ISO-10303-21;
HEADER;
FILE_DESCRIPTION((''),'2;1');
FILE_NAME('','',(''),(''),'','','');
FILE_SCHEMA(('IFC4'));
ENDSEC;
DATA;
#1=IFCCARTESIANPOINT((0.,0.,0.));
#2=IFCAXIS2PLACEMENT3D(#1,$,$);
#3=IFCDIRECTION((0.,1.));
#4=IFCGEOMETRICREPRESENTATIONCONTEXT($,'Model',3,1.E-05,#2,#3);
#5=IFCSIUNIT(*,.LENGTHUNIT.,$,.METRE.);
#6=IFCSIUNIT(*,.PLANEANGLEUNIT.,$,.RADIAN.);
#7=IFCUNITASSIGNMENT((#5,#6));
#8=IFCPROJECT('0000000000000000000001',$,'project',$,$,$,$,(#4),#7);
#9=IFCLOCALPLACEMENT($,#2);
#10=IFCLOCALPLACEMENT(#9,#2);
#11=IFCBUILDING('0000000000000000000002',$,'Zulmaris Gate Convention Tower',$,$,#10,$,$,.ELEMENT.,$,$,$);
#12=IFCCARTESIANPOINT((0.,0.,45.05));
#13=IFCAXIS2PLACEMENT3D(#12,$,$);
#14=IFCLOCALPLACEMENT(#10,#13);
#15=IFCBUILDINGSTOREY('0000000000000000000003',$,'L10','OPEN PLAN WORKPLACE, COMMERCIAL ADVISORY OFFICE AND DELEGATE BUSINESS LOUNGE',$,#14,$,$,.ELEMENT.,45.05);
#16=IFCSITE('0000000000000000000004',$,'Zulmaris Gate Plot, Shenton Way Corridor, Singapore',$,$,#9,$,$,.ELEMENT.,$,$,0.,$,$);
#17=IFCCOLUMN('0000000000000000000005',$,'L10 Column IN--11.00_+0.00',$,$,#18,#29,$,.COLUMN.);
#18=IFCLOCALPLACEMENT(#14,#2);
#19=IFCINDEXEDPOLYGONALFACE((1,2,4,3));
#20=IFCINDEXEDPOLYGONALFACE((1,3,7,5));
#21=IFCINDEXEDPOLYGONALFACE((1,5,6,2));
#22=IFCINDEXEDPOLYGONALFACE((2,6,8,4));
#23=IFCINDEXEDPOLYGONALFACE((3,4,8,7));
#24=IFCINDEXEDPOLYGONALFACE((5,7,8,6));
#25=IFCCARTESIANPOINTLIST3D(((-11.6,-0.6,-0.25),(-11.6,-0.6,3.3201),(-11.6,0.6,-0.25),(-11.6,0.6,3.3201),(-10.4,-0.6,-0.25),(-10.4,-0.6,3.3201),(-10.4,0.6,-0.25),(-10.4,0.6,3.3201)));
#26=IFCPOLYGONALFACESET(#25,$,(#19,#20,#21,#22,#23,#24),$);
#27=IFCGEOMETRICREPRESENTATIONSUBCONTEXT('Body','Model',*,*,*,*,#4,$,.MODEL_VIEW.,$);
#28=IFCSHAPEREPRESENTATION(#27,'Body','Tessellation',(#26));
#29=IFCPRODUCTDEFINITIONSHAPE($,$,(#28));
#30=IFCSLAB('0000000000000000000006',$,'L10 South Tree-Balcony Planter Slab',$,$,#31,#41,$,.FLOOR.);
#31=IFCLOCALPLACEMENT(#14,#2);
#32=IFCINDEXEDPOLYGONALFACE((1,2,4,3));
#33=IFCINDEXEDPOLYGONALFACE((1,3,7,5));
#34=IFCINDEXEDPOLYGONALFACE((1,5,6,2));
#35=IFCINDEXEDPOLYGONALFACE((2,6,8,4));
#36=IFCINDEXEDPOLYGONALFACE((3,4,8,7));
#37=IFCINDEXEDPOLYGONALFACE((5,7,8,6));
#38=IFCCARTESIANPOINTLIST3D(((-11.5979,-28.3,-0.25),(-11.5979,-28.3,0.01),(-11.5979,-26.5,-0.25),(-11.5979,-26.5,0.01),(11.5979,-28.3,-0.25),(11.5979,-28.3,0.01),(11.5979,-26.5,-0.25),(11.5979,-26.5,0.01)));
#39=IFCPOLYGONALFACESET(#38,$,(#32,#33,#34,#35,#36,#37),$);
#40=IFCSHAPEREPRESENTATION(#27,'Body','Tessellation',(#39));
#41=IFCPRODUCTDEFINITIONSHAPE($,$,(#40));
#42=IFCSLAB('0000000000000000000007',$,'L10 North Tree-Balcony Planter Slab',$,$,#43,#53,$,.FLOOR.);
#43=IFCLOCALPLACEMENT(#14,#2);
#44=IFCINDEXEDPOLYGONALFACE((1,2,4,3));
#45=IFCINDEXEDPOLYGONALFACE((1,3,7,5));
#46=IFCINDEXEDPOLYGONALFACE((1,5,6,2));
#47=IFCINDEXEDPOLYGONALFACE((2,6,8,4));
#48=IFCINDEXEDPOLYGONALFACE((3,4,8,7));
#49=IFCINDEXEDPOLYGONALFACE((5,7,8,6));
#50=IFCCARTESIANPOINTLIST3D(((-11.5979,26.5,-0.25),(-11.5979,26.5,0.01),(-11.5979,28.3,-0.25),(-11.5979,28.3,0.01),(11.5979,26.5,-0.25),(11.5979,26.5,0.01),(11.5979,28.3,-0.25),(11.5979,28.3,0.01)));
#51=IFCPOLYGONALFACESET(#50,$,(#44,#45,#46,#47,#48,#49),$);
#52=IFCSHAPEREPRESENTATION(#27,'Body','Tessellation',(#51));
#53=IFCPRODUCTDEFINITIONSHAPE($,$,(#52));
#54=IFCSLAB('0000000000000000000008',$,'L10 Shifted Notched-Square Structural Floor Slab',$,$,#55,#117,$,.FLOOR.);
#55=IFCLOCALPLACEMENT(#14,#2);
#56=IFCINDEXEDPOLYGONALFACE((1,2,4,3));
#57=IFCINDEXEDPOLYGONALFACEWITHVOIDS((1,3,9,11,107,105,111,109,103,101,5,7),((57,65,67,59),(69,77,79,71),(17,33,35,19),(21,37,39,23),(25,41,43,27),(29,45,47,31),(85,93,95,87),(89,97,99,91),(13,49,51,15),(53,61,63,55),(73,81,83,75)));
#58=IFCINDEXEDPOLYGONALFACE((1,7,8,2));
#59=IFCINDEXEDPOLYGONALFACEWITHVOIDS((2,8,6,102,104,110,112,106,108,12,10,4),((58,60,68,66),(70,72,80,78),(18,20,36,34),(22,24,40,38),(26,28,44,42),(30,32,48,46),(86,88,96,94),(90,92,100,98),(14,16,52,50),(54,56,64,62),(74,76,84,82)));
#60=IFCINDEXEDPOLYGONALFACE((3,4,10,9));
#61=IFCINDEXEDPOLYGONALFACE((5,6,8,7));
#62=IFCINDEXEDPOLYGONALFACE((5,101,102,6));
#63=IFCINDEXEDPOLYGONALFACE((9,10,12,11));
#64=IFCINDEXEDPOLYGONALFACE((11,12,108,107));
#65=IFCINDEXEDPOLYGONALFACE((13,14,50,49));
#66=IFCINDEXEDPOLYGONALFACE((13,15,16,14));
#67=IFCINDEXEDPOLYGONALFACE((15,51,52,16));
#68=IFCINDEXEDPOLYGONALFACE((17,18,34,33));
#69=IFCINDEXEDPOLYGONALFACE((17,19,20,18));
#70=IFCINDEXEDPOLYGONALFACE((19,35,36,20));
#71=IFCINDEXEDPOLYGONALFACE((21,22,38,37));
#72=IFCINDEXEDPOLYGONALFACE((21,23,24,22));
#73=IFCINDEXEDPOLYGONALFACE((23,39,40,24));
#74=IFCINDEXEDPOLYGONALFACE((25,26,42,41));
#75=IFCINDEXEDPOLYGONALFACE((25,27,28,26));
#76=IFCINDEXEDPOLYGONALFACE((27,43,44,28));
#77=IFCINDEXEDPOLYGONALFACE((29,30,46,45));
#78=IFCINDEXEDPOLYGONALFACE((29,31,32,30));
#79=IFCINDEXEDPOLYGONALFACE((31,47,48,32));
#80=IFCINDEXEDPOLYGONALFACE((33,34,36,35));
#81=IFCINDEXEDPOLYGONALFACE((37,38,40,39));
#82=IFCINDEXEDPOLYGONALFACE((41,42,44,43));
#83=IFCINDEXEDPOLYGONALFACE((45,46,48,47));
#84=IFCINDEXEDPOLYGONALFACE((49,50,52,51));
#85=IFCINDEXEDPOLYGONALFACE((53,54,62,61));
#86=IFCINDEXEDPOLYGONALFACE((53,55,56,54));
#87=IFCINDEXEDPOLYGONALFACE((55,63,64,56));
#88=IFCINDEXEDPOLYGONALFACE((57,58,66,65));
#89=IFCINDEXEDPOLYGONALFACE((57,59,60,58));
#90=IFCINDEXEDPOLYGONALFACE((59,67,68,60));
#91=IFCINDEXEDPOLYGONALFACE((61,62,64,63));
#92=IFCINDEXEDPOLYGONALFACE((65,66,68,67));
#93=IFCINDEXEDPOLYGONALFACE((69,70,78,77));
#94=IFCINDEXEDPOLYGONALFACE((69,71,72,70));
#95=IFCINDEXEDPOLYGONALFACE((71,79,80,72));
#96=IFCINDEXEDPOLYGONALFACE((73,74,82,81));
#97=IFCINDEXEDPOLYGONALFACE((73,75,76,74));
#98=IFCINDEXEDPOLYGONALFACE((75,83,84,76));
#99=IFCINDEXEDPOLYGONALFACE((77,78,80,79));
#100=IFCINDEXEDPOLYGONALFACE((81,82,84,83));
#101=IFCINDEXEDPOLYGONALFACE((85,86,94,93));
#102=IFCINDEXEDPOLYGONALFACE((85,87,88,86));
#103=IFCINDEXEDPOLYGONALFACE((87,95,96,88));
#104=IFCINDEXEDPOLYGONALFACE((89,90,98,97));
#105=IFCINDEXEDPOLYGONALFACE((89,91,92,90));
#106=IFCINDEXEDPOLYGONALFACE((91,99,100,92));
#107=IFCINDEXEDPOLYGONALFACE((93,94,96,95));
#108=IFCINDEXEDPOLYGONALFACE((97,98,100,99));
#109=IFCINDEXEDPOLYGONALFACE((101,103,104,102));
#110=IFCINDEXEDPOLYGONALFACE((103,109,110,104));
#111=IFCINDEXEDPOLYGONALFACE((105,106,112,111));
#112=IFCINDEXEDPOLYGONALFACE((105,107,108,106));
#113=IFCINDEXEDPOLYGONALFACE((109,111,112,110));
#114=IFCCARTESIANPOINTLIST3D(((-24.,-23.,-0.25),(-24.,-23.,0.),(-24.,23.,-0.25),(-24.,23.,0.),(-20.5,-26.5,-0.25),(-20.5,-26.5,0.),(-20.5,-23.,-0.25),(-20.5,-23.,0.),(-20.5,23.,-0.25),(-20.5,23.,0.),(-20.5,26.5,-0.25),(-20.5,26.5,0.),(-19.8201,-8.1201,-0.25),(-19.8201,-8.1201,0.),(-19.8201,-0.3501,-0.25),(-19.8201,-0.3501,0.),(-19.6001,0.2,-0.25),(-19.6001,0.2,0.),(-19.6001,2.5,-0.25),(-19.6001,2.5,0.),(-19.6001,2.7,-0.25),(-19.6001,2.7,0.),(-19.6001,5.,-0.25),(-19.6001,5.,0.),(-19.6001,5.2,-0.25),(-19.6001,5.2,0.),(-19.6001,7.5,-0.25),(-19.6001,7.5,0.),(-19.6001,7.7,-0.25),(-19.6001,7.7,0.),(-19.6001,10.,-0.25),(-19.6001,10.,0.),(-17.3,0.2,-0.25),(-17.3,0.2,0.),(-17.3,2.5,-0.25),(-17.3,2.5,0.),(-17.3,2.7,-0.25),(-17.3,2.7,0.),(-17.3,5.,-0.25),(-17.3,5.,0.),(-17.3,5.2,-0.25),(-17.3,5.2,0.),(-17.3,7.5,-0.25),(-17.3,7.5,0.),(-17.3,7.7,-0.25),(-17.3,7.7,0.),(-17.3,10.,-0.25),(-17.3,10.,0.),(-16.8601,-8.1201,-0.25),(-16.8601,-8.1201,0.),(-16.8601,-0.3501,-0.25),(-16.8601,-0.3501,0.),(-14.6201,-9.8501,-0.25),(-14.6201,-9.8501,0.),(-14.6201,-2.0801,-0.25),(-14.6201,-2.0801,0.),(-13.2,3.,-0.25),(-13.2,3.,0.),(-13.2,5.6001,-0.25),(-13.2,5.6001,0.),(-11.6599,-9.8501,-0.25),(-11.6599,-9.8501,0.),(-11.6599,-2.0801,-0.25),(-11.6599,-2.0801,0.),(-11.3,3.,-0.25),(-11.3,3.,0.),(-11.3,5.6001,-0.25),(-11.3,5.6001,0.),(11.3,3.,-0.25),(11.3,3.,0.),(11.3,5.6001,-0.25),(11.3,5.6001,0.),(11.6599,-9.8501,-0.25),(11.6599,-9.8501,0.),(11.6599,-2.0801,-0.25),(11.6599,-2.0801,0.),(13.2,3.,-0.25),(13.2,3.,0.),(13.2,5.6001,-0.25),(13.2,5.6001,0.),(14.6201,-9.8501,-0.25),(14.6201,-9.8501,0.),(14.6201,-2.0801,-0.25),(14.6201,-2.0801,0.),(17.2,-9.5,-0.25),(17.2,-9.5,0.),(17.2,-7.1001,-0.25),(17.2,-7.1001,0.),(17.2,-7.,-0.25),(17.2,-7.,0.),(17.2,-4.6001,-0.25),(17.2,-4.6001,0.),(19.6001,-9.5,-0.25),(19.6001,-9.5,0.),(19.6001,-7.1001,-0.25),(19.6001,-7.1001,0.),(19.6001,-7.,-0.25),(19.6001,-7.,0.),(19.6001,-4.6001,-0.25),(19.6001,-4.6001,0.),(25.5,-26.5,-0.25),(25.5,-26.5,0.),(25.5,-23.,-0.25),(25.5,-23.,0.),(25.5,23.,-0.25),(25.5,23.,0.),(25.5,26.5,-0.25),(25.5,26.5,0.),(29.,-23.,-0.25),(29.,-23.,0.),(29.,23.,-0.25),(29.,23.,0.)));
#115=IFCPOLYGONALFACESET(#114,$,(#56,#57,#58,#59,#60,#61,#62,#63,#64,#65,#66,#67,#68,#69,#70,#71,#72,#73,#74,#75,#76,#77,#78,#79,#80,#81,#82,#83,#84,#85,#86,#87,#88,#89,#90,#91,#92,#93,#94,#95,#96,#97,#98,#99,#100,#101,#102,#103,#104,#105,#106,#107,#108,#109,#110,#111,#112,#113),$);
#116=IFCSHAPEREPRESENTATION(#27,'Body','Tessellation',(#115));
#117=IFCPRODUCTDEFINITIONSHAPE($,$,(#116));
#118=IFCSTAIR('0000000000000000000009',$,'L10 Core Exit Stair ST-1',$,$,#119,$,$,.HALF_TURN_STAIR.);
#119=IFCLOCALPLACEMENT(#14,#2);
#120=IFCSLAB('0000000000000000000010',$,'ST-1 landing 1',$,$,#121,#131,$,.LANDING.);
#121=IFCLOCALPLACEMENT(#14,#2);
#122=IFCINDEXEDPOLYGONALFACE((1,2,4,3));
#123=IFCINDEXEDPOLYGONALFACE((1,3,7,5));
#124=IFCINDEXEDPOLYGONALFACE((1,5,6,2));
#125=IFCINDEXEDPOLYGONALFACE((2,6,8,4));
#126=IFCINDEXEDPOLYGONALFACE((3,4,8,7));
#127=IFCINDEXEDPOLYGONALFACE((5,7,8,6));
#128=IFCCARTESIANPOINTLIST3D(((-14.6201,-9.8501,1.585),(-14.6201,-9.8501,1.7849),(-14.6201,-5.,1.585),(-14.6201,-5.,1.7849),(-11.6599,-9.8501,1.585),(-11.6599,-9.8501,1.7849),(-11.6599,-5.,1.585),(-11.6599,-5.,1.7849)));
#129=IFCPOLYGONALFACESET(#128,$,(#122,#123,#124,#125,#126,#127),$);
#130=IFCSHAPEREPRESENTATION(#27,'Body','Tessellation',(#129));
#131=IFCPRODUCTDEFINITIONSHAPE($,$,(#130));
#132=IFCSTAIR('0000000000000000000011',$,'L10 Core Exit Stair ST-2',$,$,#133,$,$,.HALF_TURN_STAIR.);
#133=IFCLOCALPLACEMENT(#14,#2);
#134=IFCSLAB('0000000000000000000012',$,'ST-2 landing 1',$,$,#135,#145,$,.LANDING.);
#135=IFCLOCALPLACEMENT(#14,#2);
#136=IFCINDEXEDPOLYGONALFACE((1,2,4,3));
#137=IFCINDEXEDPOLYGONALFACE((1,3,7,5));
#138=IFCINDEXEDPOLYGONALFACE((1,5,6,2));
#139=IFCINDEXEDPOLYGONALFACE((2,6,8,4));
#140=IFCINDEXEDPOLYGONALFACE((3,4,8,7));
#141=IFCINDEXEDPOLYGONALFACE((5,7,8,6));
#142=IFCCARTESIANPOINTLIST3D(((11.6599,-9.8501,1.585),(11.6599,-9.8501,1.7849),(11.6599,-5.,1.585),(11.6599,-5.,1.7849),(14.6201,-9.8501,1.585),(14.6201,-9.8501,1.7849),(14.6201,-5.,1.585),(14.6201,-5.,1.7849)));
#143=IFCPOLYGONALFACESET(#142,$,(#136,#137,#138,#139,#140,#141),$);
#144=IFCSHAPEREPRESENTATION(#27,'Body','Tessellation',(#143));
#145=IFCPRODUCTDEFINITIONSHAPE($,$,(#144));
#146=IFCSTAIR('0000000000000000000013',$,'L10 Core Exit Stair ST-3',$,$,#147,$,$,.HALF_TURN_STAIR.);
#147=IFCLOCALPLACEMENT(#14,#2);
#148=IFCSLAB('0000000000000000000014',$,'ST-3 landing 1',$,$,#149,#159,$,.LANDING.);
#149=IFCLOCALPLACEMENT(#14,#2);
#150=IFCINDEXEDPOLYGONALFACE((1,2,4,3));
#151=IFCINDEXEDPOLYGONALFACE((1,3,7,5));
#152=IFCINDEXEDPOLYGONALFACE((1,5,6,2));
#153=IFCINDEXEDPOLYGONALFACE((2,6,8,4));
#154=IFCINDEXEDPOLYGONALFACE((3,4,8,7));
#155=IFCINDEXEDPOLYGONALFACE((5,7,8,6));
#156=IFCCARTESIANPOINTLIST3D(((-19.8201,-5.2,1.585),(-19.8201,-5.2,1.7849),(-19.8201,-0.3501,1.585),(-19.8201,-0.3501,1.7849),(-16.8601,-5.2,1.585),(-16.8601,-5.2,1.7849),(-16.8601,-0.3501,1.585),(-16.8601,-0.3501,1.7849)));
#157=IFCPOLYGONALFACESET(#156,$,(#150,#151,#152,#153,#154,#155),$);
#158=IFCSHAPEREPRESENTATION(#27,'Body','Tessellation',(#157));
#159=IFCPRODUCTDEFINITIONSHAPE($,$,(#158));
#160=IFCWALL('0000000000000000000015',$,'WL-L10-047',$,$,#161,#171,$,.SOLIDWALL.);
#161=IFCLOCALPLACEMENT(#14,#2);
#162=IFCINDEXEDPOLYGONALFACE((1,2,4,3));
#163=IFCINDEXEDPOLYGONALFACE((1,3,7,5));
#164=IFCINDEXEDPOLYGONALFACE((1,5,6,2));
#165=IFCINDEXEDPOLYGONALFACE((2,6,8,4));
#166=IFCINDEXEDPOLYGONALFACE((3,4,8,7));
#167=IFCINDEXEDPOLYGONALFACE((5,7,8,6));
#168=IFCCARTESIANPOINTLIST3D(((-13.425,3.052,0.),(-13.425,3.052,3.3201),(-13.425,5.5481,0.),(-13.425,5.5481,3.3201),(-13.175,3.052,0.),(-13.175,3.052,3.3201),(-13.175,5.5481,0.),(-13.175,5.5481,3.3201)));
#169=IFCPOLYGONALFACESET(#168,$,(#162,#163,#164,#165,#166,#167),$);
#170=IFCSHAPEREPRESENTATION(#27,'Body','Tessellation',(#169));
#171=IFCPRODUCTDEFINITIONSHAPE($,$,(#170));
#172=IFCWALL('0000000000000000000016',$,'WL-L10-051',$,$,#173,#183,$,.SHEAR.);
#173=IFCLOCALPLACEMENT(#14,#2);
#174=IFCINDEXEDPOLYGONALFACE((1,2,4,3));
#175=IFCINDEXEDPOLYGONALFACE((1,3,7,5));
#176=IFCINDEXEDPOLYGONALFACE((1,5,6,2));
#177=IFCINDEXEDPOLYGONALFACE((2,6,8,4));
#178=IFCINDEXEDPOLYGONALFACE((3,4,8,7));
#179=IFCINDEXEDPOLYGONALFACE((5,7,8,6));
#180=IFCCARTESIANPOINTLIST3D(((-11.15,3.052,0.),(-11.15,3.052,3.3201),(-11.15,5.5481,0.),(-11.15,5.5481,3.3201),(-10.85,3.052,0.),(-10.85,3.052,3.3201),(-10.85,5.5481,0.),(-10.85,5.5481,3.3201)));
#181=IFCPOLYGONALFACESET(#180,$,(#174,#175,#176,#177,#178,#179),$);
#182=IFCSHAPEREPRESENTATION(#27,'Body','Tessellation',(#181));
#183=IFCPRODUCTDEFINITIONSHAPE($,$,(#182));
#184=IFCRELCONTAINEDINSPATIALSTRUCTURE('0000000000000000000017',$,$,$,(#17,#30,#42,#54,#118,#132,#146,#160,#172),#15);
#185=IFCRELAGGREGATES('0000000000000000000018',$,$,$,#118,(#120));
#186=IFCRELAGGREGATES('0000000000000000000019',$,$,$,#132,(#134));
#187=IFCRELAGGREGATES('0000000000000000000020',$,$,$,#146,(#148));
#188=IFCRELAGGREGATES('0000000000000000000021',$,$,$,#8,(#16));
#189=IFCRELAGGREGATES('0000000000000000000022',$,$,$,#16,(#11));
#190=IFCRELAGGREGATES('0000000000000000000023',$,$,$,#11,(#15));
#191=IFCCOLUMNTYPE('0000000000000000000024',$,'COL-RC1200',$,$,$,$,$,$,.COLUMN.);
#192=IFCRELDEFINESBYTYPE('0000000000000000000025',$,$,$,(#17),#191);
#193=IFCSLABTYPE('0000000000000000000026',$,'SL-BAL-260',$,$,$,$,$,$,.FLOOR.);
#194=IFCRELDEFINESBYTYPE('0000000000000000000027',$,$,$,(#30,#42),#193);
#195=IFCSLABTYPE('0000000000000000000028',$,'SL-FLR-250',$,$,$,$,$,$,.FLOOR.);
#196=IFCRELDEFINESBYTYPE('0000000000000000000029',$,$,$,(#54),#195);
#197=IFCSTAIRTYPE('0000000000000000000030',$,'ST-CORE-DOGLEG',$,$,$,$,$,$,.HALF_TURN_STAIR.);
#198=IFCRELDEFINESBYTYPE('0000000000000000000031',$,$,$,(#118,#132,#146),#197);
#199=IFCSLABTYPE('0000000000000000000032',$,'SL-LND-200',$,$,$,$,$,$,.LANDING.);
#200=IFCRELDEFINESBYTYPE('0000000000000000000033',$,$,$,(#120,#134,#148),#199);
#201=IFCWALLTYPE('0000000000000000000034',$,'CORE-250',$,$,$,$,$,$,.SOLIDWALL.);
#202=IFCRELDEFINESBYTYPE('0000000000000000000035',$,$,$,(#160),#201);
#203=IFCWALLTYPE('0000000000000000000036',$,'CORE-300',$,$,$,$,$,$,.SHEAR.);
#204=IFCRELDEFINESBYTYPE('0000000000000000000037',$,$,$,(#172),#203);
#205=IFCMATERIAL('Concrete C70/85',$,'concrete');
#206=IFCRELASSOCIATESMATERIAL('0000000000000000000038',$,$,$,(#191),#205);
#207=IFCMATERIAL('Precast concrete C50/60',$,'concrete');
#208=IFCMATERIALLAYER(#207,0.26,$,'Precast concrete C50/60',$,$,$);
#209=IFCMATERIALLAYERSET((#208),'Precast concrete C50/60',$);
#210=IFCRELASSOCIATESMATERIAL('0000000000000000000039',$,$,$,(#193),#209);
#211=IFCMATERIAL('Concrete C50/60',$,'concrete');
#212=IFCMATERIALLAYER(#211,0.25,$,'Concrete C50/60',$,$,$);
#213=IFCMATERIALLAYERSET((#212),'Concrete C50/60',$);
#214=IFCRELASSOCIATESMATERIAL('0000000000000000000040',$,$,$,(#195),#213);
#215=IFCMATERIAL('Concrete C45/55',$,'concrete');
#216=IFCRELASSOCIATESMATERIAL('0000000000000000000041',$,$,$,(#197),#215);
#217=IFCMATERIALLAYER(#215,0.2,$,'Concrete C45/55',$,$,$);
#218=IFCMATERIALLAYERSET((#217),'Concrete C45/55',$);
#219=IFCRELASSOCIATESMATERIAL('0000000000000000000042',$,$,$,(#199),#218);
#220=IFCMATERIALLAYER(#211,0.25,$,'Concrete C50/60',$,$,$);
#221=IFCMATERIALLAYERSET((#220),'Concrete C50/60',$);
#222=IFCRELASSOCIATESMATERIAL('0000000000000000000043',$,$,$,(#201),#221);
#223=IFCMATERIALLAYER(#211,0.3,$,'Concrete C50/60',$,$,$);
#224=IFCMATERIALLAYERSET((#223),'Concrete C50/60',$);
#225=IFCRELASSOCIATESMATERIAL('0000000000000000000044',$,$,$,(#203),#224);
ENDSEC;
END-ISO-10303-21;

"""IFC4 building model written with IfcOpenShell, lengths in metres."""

from ifc_helpers import new_model, si_unit, direction, frame, frame_2d, origin, origin_2d, place, context, subcontext, project, spatial, polyline, rectangle, outline, extrude, material, layer, layer_set, material_profile, profile_set, type_object, element, aggregate, save


model = new_model("IFC4")

# Units and contexts
model_context = context("Model", 3, precision=1e-05, world=origin(), true_north=direction((0.0, 1.0)))
body_context = subcontext(model_context, "Body", "Model", "MODEL_VIEW")
ifc_project = project(units=[si_unit("LENGTHUNIT", "METRE"), si_unit("PLANEANGLEUNIT", "RADIAN")], contexts=[model_context])

# Site, building, storey
site_placement = place(None, origin())
site = spatial("IfcSite", under=ifc_project, at=site_placement, Name="Zulmaris Gate Plot, Shenton Way Corridor, Singapore", CompositionType="ELEMENT", RefElevation=0.0)
building_placement = place(site_placement, origin())
building = spatial("IfcBuilding", under=site, at=building_placement, Name="Zulmaris Gate Convention Tower", CompositionType="ELEMENT")
storey_placement = place(building_placement, frame((0.0, 0.0, 45.05)))
storey = spatial("IfcBuildingStorey", under=building, at=storey_placement, Name="L10", Description="OPEN PLAN WORKPLACE, COMMERCIAL ADVISORY OFFICE AND DELEGATE BUSINESS LOUNGE", CompositionType="ELEMENT", Elevation=45.05)

# Column
ifc_material_1 = material(Name="Concrete C70/85", Category="concrete")
ifc_material_profile = material_profile(ifc_material_1, rectangle(XDim=1.2, YDim=1.2, at=origin_2d()), Name="RC COL 1200x1200")
ifc_profile_set = profile_set([ifc_material_profile], Name="Concrete C70/85")
column_type = type_object("IfcColumnType", Name="COL-RC1200", PredefinedType="COLUMN", material=ifc_profile_set)
column_placement = place(storey_placement, frame((-11.0, 0.0, -0.25), z_axis=(0.0, 0.0, 1.0), x_axis=(1.0, 0.0, 0.0)))
element("IfcColumn", 1, at=column_placement, inside=storey, type_object=column_type, Name="L10 Column IN--11.00_+0.00", PredefinedType="COLUMN", context=body_context, shape_type="SweptSolid", body=[
    extrude(rectangle(XDim=1.2, YDim=1.2, at=origin_2d()), origin(), (0.0, 0.0, 1.0), 3.5701),
])

# Slabs
ifc_material_2 = material(Name="Precast concrete C50/60", Category="concrete")
ifc_layer_1 = layer(ifc_material_2, 0.26, Name="Precast concrete C50/60")
ifc_layer_set_1 = layer_set([ifc_layer_1], Name="Precast concrete C50/60")
slab_type_1 = type_object("IfcSlabType", Name="SL-BAL-260", PredefinedType="FLOOR", material=ifc_layer_set_1)
slab_1_placement = place(storey_placement, frame((0.0, 0.0, -0.25)))
element("IfcSlab", 2, at=slab_1_placement, inside=storey, type_object=slab_type_1, Name="L10 South Tree-Balcony Planter Slab", PredefinedType="FLOOR", context=body_context, shape_type="SweptSolid", body=[
    extrude(outline(polyline([(-11.5979, -28.3), (-11.5979, -26.5), (11.5979, -26.5), (11.5979, -28.3), (-11.5979, -28.3)])), origin(), (0.0, 0.0, 1.0), 0.26),
])
slab_2_placement = place(storey_placement, frame((0.0, 0.0, -0.25)))
element("IfcSlab", 3, at=slab_2_placement, inside=storey, type_object=slab_type_1, Name="L10 North Tree-Balcony Planter Slab", PredefinedType="FLOOR", context=body_context, shape_type="SweptSolid", body=[
    extrude(outline(polyline([(11.5979, 28.3), (11.5979, 26.5), (-11.5979, 26.5), (-11.5979, 28.3), (11.5979, 28.3)])), origin(), (0.0, 0.0, 1.0), 0.26),
])
ifc_material_3 = material(Name="Concrete C50/60", Category="concrete")
ifc_layer_2 = layer(ifc_material_3, 0.25, Name="Concrete C50/60")
ifc_layer_set_2 = layer_set([ifc_layer_2], Name="Concrete C50/60")
slab_type_2 = type_object("IfcSlabType", Name="SL-FLR-250", PredefinedType="FLOOR", material=ifc_layer_set_2)
slab_3_placement = place(storey_placement, frame((0.0, 0.0, -0.25)))
element("IfcSlab", 4, at=slab_3_placement, inside=storey, type_object=slab_type_2, Name="L10 Shifted Notched-Square Structural Floor Slab", PredefinedType="FLOOR", context=body_context, shape_type="SweptSolid", body=[
    extrude(outline(polyline([(-20.5, -26.5), (25.5, -26.5), (25.5, -23.0), (29.0, -23.0), (29.0, 23.0), (25.5, 23.0), (25.5, 26.5), (-20.5, 26.5), (-20.5, 23.0), (-24.0, 23.0), (-24.0, -23.0), (-20.5, -23.0), (-20.5, -26.5)]), holes=[polyline([(-14.6201, -2.0801), (-14.6201, -9.8501), (-11.6599, -9.8501), (-11.6599, -2.0801), (-14.6201, -2.0801)]), polyline([(11.6599, -2.0801), (11.6599, -9.8501), (14.6201, -9.8501), (14.6201, -2.0801), (11.6599, -2.0801)]), polyline([(-16.8601, -8.1201), (-16.8601, -0.3501), (-19.8201, -0.3501), (-19.8201, -8.1201), (-16.8601, -8.1201)]), polyline([(-13.2, 3.0), (-11.3, 3.0), (-11.3, 5.6001), (-13.2, 5.6001), (-13.2, 3.0)]), polyline([(11.3, 3.0), (13.2, 3.0), (13.2, 5.6001), (11.3, 5.6001), (11.3, 3.0)]), polyline([(-19.6001, 0.2), (-17.3, 0.2), (-17.3, 2.5), (-19.6001, 2.5), (-19.6001, 0.2)]), polyline([(-19.6001, 2.7), (-17.3, 2.7), (-17.3, 5.0), (-19.6001, 5.0), (-19.6001, 2.7)]), polyline([(-19.6001, 5.2), (-17.3, 5.2), (-17.3, 7.5), (-19.6001, 7.5), (-19.6001, 5.2)]), polyline([(-19.6001, 7.7), (-17.3, 7.7), (-17.3, 10.0), (-19.6001, 10.0), (-19.6001, 7.7)]), polyline([(17.2, -9.5), (19.6001, -9.5), (19.6001, -7.1001), (17.2, -7.1001), (17.2, -9.5)]), polyline([(17.2, -7.0), (19.6001, -7.0), (19.6001, -4.6001), (17.2, -4.6001), (17.2, -7.0)])]), origin(), (0.0, 0.0, 1.0), 0.25),
])

# Stairs, slabs
ifc_material_4 = material(Name="Concrete C45/55", Category="concrete")
stair_type = type_object("IfcStairType", Name="ST-CORE-DOGLEG", PredefinedType="HALF_TURN_STAIR", material=ifc_material_4)
stair_1_placement = place(storey_placement, origin())
stair_1 = element("IfcStair", 5, at=stair_1_placement, inside=storey, type_object=stair_type, Name="L10 Core Exit Stair ST-1", PredefinedType="HALF_TURN_STAIR")
ifc_layer_3 = layer(ifc_material_4, 0.2, Name="Concrete C45/55")
ifc_layer_set_3 = layer_set([ifc_layer_3], Name="Concrete C45/55")
slab_type_3 = type_object("IfcSlabType", Name="SL-LND-200", PredefinedType="LANDING", material=ifc_layer_set_3)
slab_4_placement = place(storey_placement, frame((0.0, 0.0, 1.585)))
slab_4 = element("IfcSlab", 6, at=slab_4_placement, type_object=slab_type_3, Name="ST-1 landing 1", PredefinedType="LANDING", context=body_context, shape_type="SweptSolid", body=[
    extrude(outline(polyline([(-14.6201, -5.0), (-14.6201, -9.8501), (-11.6599, -9.8501), (-11.6599, -5.0), (-14.6201, -5.0)])), origin(), (0.0, 0.0, 1.0), 0.2),
])
aggregate(stair_1, [slab_4])
stair_2_placement = place(storey_placement, origin())
stair_2 = element("IfcStair", 7, at=stair_2_placement, inside=storey, type_object=stair_type, Name="L10 Core Exit Stair ST-2", PredefinedType="HALF_TURN_STAIR")
slab_5_placement = place(storey_placement, frame((0.0, 0.0, 1.585)))
slab_5 = element("IfcSlab", 8, at=slab_5_placement, type_object=slab_type_3, Name="ST-2 landing 1", PredefinedType="LANDING", context=body_context, shape_type="SweptSolid", body=[
    extrude(outline(polyline([(11.6599, -5.0), (11.6599, -9.8501), (14.6201, -9.8501), (14.6201, -5.0), (11.6599, -5.0)])), origin(), (0.0, 0.0, 1.0), 0.2),
])
aggregate(stair_2, [slab_5])
stair_3_placement = place(storey_placement, origin())
stair_3 = element("IfcStair", 9, at=stair_3_placement, inside=storey, type_object=stair_type, Name="L10 Core Exit Stair ST-3", PredefinedType="HALF_TURN_STAIR")
slab_6_placement = place(storey_placement, frame((0.0, 0.0, 1.585)))
slab_6 = element("IfcSlab", 10, at=slab_6_placement, type_object=slab_type_3, Name="ST-3 landing 1", PredefinedType="LANDING", context=body_context, shape_type="SweptSolid", body=[
    extrude(outline(polyline([(-16.8601, -5.2), (-16.8601, -0.3501), (-19.8201, -0.3501), (-19.8201, -5.2), (-16.8601, -5.2)])), origin(), (0.0, 0.0, 1.0), 0.2),
])
aggregate(stair_3, [slab_6])

# Wall
ifc_layer_4 = layer(ifc_material_3, 0.25, Name="Concrete C50/60")
ifc_layer_set_4 = layer_set([ifc_layer_4], Name="Concrete C50/60")
wall_type_1 = type_object("IfcWallType", Name="CORE-250", PredefinedType="SOLIDWALL", material=ifc_layer_set_4)
wall_1_placement = place(storey_placement, frame((-13.3, 3.052, 0.0), z_axis=(0.0, 0.0, 1.0), x_axis=(0.0, 1.0, 0.0)))
element("IfcWall", 11, at=wall_1_placement, inside=storey, type_object=wall_type_1, Name="WL-L10-047", PredefinedType="SOLIDWALL", context=body_context, shape_type="SweptSolid", body=[
    extrude(rectangle(XDim=2.4961, YDim=0.25, at=frame_2d((1.248, 0.0))), origin(), (0.0, 0.0, 1.0), 3.3201),
])

# Shared definitions
ifc_layer_5 = layer(ifc_material_3, 0.3, Name="Concrete C50/60")
ifc_layer_set_5 = layer_set([ifc_layer_5], Name="Concrete C50/60")
wall_type_2 = type_object("IfcWallType", Name="CORE-300", PredefinedType="SHEAR", material=ifc_layer_set_5)

# Wall
wall_2_placement = place(storey_placement, frame((-11.0, 3.052, 0.0), z_axis=(0.0, 0.0, 1.0), x_axis=(0.0, 1.0, 0.0)))
element("IfcWall", 12, at=wall_2_placement, inside=storey, type_object=wall_type_2, Name="WL-L10-051", PredefinedType="SHEAR", context=body_context, shape_type="SweptSolid", body=[
    extrude(rectangle(XDim=2.4961, YDim=0.3, at=frame_2d((1.248, 0.0))), origin(), (0.0, 0.0, 1.0), 3.3201),
])

save(model, "model.ifc")
